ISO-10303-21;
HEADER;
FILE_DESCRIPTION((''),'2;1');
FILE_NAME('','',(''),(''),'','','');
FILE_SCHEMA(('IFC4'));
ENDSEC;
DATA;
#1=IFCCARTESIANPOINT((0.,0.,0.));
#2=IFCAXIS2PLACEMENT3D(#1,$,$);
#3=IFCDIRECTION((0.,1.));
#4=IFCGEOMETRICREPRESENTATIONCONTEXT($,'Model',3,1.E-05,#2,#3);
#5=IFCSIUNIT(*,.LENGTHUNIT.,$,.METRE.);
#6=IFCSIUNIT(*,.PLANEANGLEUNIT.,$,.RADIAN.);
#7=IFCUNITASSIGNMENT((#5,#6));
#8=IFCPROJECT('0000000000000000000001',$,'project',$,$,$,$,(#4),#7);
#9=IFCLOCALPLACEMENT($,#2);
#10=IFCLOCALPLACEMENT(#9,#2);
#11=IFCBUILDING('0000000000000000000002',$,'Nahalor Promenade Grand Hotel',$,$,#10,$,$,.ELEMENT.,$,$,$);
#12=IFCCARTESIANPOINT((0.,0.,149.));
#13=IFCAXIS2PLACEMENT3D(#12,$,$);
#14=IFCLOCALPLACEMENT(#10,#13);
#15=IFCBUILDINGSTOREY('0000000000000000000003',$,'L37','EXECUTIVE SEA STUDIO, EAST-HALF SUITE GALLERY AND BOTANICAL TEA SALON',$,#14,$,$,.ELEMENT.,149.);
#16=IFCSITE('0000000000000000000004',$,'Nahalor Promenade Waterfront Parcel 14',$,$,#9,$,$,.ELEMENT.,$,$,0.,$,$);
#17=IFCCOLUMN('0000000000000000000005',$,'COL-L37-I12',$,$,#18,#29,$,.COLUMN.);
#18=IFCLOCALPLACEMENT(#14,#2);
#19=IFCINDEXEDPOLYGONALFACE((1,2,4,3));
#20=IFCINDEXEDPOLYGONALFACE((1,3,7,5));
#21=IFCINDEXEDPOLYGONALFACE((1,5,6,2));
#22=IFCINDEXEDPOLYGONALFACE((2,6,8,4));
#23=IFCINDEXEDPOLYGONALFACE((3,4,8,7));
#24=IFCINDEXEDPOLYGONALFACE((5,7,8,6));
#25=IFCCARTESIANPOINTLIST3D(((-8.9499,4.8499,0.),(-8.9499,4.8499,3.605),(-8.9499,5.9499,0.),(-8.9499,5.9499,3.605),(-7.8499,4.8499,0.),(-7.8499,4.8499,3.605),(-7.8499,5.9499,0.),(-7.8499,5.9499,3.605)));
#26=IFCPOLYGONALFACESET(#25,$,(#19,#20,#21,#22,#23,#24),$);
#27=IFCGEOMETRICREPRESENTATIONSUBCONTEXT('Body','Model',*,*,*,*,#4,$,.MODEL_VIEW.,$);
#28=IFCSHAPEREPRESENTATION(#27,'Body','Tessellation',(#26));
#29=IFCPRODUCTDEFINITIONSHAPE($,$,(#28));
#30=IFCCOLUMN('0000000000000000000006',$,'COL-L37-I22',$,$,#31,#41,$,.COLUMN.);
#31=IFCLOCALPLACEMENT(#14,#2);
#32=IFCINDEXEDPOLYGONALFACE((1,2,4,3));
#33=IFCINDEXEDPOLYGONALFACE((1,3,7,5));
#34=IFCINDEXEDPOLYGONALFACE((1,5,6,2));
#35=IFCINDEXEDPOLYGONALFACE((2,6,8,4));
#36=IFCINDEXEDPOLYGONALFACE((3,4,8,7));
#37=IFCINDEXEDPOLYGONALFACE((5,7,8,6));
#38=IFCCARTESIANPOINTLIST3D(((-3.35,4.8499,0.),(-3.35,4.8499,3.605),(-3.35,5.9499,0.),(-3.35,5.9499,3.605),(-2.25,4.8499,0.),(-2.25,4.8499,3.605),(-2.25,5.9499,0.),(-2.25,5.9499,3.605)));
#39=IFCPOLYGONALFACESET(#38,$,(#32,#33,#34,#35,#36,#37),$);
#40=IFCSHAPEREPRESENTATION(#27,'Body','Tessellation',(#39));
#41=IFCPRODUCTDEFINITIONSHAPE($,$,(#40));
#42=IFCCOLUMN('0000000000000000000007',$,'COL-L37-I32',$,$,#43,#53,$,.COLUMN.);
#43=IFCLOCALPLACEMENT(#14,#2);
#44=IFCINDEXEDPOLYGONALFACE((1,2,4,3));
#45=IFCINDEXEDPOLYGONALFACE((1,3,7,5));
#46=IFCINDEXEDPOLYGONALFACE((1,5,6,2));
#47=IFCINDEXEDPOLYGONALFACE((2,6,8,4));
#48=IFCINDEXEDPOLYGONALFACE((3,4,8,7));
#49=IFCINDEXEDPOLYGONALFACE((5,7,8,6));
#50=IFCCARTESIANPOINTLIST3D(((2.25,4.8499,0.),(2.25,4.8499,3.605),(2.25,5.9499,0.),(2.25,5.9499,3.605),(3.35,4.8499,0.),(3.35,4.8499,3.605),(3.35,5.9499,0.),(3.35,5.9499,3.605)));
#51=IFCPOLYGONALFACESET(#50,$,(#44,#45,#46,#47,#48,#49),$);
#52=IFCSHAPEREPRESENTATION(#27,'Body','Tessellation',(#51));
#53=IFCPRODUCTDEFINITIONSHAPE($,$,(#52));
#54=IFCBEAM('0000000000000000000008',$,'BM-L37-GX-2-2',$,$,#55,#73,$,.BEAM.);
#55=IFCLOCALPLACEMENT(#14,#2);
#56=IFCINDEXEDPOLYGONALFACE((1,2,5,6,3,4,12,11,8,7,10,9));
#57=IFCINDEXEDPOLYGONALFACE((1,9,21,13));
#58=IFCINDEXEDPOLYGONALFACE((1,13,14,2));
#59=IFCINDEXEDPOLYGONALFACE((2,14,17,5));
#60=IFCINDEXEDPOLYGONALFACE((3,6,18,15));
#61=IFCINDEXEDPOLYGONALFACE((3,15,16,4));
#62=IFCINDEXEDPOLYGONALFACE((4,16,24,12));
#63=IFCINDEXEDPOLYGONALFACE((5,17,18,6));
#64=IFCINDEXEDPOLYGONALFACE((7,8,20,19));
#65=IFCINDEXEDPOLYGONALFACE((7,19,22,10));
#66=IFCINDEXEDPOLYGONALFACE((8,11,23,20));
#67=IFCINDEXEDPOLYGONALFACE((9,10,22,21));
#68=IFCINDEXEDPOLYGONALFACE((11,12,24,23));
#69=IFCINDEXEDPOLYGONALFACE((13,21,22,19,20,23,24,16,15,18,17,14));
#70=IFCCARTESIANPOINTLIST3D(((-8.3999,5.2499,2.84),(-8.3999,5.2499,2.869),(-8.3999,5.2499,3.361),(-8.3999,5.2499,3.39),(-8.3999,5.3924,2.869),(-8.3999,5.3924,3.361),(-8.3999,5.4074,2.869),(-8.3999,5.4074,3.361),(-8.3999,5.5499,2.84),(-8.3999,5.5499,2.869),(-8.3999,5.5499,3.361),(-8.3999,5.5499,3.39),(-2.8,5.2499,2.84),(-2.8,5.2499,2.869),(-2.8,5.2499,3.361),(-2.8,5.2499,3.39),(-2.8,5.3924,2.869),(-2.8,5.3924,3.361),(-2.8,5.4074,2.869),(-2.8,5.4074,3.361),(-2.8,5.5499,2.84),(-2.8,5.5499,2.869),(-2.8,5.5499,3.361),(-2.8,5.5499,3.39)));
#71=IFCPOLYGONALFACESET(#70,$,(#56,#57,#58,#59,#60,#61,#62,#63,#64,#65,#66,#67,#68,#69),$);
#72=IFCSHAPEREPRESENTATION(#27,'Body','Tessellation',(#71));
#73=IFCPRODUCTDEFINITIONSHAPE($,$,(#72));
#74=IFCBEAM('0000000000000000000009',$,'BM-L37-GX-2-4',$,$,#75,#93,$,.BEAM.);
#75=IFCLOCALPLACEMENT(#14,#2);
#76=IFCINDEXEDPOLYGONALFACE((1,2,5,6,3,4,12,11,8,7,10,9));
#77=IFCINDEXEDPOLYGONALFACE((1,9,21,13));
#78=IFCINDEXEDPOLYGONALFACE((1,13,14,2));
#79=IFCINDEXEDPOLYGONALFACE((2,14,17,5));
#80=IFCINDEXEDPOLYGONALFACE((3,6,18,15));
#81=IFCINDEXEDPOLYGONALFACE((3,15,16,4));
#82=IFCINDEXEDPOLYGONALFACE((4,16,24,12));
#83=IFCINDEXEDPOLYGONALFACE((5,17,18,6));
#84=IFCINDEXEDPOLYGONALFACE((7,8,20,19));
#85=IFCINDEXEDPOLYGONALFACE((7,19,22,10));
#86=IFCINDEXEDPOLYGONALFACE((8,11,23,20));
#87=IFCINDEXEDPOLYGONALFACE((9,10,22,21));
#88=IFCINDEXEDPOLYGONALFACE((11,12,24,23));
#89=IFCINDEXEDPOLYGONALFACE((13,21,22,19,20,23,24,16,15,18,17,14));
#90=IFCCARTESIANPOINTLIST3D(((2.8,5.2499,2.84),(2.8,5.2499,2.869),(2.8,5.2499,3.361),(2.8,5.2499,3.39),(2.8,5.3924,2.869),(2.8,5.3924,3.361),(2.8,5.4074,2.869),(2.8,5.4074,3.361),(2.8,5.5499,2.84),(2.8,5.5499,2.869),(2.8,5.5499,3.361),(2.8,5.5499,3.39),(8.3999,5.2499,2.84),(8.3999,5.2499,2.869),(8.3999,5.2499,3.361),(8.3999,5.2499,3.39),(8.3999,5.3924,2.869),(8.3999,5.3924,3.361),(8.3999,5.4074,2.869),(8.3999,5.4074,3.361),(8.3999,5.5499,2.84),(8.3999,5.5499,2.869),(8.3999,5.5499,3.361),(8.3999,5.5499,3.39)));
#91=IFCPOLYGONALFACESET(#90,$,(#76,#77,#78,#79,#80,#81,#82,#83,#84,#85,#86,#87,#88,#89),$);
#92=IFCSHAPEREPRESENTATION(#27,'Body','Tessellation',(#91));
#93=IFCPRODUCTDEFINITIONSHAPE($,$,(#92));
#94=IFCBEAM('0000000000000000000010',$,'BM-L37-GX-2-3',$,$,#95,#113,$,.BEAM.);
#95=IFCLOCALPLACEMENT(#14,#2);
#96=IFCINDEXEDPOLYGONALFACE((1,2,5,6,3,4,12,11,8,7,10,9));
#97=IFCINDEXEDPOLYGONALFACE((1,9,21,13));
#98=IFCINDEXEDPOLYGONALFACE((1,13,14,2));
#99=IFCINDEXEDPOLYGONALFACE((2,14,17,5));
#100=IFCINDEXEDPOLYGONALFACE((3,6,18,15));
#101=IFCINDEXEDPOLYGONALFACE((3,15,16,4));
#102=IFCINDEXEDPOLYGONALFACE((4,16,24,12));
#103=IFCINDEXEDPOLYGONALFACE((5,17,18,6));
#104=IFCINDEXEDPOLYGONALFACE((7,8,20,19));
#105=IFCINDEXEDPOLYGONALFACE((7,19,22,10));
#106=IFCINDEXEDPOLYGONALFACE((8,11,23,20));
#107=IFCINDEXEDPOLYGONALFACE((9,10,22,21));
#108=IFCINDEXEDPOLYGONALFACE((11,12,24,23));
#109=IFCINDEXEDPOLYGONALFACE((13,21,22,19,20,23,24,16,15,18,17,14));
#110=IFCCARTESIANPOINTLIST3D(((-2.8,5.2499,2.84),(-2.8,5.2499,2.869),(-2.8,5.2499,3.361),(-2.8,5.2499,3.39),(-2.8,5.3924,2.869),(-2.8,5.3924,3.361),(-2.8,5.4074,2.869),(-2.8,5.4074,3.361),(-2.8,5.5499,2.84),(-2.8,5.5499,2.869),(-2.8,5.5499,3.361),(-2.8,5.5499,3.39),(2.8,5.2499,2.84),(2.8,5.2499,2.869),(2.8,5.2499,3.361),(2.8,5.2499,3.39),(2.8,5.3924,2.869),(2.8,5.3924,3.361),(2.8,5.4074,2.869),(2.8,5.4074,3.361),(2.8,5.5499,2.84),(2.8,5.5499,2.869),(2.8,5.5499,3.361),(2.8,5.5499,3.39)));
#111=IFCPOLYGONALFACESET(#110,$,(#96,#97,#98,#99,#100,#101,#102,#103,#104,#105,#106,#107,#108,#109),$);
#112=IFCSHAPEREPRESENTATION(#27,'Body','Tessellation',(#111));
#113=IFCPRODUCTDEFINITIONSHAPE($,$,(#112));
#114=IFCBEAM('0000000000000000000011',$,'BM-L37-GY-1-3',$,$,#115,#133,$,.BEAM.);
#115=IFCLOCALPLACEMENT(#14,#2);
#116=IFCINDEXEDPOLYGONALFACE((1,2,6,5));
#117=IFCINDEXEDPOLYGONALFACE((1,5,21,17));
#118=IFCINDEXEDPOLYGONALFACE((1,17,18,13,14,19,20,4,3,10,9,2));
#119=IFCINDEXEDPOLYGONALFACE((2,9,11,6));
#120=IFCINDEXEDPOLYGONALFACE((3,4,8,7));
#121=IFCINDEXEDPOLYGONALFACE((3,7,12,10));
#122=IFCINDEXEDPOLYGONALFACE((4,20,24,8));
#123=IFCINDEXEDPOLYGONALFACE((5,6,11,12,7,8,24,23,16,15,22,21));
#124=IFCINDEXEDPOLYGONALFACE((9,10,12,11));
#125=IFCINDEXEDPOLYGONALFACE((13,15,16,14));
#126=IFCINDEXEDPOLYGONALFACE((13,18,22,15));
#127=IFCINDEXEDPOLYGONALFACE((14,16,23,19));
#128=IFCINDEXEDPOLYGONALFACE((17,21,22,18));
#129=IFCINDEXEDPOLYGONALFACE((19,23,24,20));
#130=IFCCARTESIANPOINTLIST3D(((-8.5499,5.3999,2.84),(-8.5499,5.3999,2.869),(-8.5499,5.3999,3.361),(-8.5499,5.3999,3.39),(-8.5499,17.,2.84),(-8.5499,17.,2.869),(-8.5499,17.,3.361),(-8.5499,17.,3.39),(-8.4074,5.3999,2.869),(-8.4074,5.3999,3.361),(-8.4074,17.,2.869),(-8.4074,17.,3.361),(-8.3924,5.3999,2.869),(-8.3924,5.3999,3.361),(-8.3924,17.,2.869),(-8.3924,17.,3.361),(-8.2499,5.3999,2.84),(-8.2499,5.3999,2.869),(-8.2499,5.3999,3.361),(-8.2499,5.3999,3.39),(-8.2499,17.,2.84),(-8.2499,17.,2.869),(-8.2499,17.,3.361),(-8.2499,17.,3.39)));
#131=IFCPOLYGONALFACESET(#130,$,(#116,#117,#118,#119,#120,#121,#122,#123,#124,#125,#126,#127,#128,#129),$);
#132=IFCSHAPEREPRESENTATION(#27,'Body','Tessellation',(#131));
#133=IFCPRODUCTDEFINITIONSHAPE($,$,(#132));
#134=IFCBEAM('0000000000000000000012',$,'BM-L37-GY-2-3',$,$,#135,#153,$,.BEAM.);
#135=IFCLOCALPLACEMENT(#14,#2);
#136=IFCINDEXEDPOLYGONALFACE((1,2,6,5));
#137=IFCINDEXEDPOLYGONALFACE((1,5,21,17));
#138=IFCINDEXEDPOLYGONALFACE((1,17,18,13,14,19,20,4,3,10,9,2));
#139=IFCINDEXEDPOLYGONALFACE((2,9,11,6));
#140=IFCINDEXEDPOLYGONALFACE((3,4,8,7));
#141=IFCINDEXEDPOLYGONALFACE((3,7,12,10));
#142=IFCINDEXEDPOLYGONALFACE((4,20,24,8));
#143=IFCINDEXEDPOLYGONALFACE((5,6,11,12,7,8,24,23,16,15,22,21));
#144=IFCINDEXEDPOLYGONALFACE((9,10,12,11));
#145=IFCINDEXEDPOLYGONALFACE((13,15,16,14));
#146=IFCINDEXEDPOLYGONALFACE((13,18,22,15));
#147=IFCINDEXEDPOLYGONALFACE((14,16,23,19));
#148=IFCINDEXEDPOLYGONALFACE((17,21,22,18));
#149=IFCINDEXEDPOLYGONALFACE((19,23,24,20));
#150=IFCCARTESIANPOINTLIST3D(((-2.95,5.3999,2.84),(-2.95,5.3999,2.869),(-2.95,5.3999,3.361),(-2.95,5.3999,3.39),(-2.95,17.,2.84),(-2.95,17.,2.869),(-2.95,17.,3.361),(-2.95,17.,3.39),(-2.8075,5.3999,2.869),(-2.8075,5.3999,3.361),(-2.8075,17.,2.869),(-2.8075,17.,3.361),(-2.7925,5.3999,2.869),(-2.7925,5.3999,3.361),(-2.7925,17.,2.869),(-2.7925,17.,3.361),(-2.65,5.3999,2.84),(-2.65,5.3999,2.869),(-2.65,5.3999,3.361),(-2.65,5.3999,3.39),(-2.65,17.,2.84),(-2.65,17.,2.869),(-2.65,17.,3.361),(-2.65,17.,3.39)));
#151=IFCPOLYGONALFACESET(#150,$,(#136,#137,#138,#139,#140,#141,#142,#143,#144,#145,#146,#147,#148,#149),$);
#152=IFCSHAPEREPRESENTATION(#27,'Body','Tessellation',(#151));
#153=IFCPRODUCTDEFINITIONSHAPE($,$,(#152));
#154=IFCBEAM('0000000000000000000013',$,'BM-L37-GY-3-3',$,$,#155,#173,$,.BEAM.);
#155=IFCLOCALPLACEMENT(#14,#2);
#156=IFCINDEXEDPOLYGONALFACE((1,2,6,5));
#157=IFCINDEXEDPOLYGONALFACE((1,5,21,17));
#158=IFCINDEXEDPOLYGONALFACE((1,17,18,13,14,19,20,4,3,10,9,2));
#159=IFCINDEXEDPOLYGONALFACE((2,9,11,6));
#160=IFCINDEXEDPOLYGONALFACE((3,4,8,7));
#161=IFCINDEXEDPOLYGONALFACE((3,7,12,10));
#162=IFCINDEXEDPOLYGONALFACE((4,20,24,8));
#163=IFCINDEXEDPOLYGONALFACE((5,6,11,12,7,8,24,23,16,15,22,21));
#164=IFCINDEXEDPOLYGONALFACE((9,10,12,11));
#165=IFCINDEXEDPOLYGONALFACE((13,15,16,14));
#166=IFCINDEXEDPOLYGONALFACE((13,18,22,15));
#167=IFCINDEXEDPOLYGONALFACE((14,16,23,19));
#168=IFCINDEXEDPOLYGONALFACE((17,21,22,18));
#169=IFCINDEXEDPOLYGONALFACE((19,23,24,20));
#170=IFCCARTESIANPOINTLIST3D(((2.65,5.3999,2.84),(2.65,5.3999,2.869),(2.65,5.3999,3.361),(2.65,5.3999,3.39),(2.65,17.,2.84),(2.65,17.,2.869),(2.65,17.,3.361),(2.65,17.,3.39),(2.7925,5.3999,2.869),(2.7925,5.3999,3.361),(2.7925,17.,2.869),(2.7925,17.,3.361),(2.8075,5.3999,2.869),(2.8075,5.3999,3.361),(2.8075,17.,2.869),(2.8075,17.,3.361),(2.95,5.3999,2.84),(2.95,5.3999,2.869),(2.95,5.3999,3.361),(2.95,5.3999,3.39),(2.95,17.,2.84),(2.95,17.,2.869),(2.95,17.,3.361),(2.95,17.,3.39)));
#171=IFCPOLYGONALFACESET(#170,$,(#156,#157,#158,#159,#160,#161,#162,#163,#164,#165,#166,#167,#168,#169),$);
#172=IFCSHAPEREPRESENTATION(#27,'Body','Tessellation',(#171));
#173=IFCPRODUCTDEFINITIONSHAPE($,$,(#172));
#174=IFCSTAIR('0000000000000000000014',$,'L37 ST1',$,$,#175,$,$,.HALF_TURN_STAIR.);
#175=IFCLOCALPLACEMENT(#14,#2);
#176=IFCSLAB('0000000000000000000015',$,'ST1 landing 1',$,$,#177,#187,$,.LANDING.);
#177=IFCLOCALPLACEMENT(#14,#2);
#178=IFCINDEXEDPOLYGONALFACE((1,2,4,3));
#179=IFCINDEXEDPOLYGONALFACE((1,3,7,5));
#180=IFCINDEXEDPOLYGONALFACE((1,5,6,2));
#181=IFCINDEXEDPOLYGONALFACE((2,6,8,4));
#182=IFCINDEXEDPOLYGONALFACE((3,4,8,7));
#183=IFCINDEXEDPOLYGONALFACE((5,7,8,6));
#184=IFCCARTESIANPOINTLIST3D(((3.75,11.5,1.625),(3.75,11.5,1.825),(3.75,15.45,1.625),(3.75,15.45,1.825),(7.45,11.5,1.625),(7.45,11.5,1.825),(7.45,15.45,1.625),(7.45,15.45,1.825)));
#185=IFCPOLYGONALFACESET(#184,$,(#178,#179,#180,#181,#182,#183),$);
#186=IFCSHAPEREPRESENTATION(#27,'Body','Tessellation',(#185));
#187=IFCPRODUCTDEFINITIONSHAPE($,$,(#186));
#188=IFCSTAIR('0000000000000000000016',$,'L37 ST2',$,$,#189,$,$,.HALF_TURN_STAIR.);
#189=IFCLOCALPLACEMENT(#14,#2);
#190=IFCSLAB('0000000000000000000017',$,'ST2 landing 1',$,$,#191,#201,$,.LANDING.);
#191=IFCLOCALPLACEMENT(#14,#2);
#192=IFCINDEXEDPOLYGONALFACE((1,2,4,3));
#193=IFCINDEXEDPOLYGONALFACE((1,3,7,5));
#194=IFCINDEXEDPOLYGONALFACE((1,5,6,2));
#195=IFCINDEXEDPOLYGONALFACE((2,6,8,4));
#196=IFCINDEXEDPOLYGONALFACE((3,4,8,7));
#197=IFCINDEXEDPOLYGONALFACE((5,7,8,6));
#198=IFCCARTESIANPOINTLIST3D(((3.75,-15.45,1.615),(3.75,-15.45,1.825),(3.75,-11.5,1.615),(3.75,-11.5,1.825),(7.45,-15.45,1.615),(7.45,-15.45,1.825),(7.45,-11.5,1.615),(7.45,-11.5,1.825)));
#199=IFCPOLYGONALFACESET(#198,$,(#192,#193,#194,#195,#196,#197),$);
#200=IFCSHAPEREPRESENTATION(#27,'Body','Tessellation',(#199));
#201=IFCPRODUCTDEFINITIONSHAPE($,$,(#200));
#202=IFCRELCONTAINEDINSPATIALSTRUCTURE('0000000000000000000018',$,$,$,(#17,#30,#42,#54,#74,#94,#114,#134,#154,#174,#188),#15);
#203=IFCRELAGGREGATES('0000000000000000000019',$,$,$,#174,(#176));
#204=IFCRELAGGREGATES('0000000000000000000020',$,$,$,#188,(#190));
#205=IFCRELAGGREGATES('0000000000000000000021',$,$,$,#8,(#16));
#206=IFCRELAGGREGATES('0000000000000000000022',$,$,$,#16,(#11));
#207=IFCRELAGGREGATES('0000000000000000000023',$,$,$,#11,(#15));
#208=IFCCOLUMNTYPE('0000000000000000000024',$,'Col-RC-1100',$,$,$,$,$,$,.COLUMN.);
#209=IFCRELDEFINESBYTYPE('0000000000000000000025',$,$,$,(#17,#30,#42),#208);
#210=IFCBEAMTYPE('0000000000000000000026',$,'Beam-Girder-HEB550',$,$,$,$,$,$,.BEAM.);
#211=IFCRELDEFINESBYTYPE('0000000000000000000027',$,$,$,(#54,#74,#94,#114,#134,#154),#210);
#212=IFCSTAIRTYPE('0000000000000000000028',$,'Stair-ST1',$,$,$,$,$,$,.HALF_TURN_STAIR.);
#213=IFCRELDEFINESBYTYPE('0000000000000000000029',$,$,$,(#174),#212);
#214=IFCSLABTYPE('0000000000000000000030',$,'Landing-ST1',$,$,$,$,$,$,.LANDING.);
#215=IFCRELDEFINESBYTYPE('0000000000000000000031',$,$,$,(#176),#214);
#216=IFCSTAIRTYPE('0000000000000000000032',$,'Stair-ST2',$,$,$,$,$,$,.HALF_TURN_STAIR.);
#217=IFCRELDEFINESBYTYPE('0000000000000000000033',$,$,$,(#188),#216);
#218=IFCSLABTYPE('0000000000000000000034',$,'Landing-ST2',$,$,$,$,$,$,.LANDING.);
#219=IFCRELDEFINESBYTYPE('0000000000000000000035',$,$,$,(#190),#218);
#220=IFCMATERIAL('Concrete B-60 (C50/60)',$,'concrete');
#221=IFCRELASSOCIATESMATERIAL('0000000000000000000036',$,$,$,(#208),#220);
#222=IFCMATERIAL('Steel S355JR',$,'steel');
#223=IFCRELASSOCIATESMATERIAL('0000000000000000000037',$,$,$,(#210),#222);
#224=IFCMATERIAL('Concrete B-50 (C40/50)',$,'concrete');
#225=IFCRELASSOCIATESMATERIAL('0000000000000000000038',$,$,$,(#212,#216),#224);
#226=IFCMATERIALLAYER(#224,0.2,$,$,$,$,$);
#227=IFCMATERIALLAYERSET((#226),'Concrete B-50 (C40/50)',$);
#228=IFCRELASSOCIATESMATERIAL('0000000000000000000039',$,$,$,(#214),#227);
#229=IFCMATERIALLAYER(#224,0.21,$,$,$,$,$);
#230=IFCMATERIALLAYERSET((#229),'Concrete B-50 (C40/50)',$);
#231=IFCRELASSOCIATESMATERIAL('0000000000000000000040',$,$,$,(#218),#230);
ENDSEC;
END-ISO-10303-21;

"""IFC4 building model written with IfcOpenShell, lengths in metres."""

from ifc_helpers import new_model, si_unit, direction, frame, origin, origin_2d, place, context, subcontext, project, spatial, polyline, rectangle, i_section, outline, extrude, source, transform, mapped, material, layer, layer_set, material_profile, profile_set, type_object, element, aggregate, save


model = new_model("IFC4")

# Units and contexts
model_context = context("Model", 3, precision=1e-05, world=origin(), true_north=direction((0.0, 1.0)))
body_context = subcontext(model_context, "Body", "Model", "MODEL_VIEW")
ifc_project = project(units=[si_unit("LENGTHUNIT", "METRE"), si_unit("PLANEANGLEUNIT", "RADIAN")], contexts=[model_context])

# Site, building, storey
site_placement = place(None, origin())
site = spatial("IfcSite", under=ifc_project, at=site_placement, Name="Nahalor Promenade Waterfront Parcel 14", CompositionType="ELEMENT", RefElevation=0.0)
building_placement = place(site_placement, origin())
building = spatial("IfcBuilding", under=site, at=building_placement, Name="Nahalor Promenade Grand Hotel", CompositionType="ELEMENT")
storey_placement = place(building_placement, frame((0.0, 0.0, 149.0)))
storey = spatial("IfcBuildingStorey", under=building, at=storey_placement, Name="L37", Description="EXECUTIVE SEA STUDIO, EAST-HALF SUITE GALLERY AND BOTANICAL TEA SALON", CompositionType="ELEMENT", Elevation=149.0)

# Columns
ifc_material_1 = material(Name="Concrete B-60 (C50/60)", Category="concrete")
ifc_material_profile_1 = material_profile(ifc_material_1, rectangle(XDim=1.1, YDim=1.1, at=origin_2d()), Name="RC 1100x1100")
ifc_profile_set_1 = profile_set([ifc_material_profile_1], Name="Concrete B-60 (C50/60)")
column_type = type_object("IfcColumnType", Name="Col-RC-1100", PredefinedType="COLUMN", material=ifc_profile_set_1)
shared_shape_1 = source(origin(), body_context, "Body", "SweptSolid", [
    extrude(rectangle(XDim=1.1, YDim=1.1, at=origin_2d()), origin(), (0.0, 0.0, 1.0), 3.605),
])
for number, where, z_axis, x_axis, name in (
    (1, (-8.3999, 5.3999, 0.0), (0.0, 0.0, 1.0), (1.0, 0.0, 0.0), "COL-L37-I12"),
    (2, (-2.8, 5.3999, 0.0), (0.0, 0.0, 1.0), (1.0, 0.0, 0.0), "COL-L37-I22"),
    (3, (2.8, 5.3999, 0.0), (0.0, 0.0, 1.0), (1.0, 0.0, 0.0), "COL-L37-I32"),
):
    element("IfcColumn", number, at=place(storey_placement, frame(where, z_axis=z_axis, x_axis=x_axis)), inside=storey, type_object=column_type, Name=name, PredefinedType="COLUMN", context=body_context, shape_type="MappedRepresentation", body=[
        mapped(shared_shape_1, transform((0.0, 0.0, 0.0), scale=1.0)),
    ])

# Beams
ifc_material_2 = material(Name="Steel S355JR", Category="steel")
ifc_material_profile_2 = material_profile(ifc_material_2, i_section(OverallWidth=0.3, OverallDepth=0.55, WebThickness=0.015, FlangeThickness=0.029, at=origin_2d()), Name="HEB 550")
ifc_profile_set_2 = profile_set([ifc_material_profile_2], Name="Steel S355JR")
beam_type = type_object("IfcBeamType", Name="Beam-Girder-HEB550", PredefinedType="BEAM", material=ifc_profile_set_2)
shared_shape_2 = source(origin(), body_context, "Body", "SweptSolid", [
    extrude(i_section(OverallWidth=0.3, OverallDepth=0.55, WebThickness=0.015, FlangeThickness=0.029, at=origin_2d()), origin(), (0.0, 0.0, 1.0), 5.5999),
])
for number, where, z_axis, x_axis, name in (
    (4, (-8.3999, 5.3999, 3.115), (1.0, 0.0, 0.0), (0.0, 1.0, 0.0), "BM-L37-GX-2-2"),
    (5, (2.8, 5.3999, 3.115), (1.0, 0.0, 0.0), (0.0, 1.0, 0.0), "BM-L37-GX-2-4"),
):
    element("IfcBeam", number, at=place(storey_placement, frame(where, z_axis=z_axis, x_axis=x_axis)), inside=storey, type_object=beam_type, Name=name, PredefinedType="BEAM", context=body_context, shape_type="MappedRepresentation", body=[
        mapped(shared_shape_2, transform((0.0, 0.0, 0.0), scale=1.0)),
    ])
shared_shape_3 = source(origin(), body_context, "Body", "SweptSolid", [
    extrude(i_section(OverallWidth=0.3, OverallDepth=0.55, WebThickness=0.015, FlangeThickness=0.029, at=origin_2d()), origin(), (0.0, 0.0, 1.0), 5.6001),
])
beam_placement = place(storey_placement, frame((-2.8, 5.3999, 3.115), z_axis=(1.0, 0.0, 0.0), x_axis=(0.0, 1.0, 0.0)))
element("IfcBeam", 6, at=beam_placement, inside=storey, type_object=beam_type, Name="BM-L37-GX-2-3", PredefinedType="BEAM", context=body_context, shape_type="MappedRepresentation", body=[
    mapped(shared_shape_3, transform((0.0, 0.0, 0.0), scale=1.0)),
])
shared_shape_4 = source(origin(), body_context, "Body", "SweptSolid", [
    extrude(i_section(OverallWidth=0.3, OverallDepth=0.55, WebThickness=0.015, FlangeThickness=0.029, at=origin_2d()), origin(), (0.0, 0.0, 1.0), 11.6001),
])
for number, where, z_axis, x_axis, name in (
    (7, (-8.3999, 5.3999, 3.115), (0.0, 1.0, 0.0), (-1.0, 0.0, 0.0), "BM-L37-GY-1-3"),
    (8, (-2.8, 5.3999, 3.115), (0.0, 1.0, 0.0), (-1.0, 0.0, 0.0), "BM-L37-GY-2-3"),
    (9, (2.8, 5.3999, 3.115), (0.0, 1.0, 0.0), (-1.0, 0.0, 0.0), "BM-L37-GY-3-3"),
):
    element("IfcBeam", number, at=place(storey_placement, frame(where, z_axis=z_axis, x_axis=x_axis)), inside=storey, type_object=beam_type, Name=name, PredefinedType="BEAM", context=body_context, shape_type="MappedRepresentation", body=[
        mapped(shared_shape_4, transform((0.0, 0.0, 0.0), scale=1.0)),
    ])

# Stairs, slabs
ifc_material_3 = material(Name="Concrete B-50 (C40/50)", Category="concrete")
stair_type_1 = type_object("IfcStairType", Name="Stair-ST1", PredefinedType="HALF_TURN_STAIR", material=ifc_material_3)
stair_1_placement = place(storey_placement, origin())
stair_1 = element("IfcStair", 10, at=stair_1_placement, inside=storey, type_object=stair_type_1, Name="L37 ST1", PredefinedType="HALF_TURN_STAIR")
ifc_layer_1 = layer(ifc_material_3, 0.2)
ifc_layer_set_1 = layer_set([ifc_layer_1], Name="Concrete B-50 (C40/50)")
slab_type_1 = type_object("IfcSlabType", Name="Landing-ST1", PredefinedType="LANDING", material=ifc_layer_set_1)
slab_1_placement = place(storey_placement, frame((0.0, 0.0, 1.625)))
slab_1 = element("IfcSlab", 11, at=slab_1_placement, type_object=slab_type_1, Name="ST1 landing 1", PredefinedType="LANDING", context=body_context, shape_type="SweptSolid", body=[
    extrude(outline(polyline([(7.45, 11.5), (7.45, 15.45), (3.75, 15.45), (3.75, 11.5), (7.45, 11.5)])), origin(), (0.0, 0.0, 1.0), 0.2),
])
aggregate(stair_1, [slab_1])
stair_type_2 = type_object("IfcStairType", Name="Stair-ST2", PredefinedType="HALF_TURN_STAIR", material=ifc_material_3)
stair_2_placement = place(storey_placement, origin())
stair_2 = element("IfcStair", 12, at=stair_2_placement, inside=storey, type_object=stair_type_2, Name="L37 ST2", PredefinedType="HALF_TURN_STAIR")
ifc_layer_2 = layer(ifc_material_3, 0.21)
ifc_layer_set_2 = layer_set([ifc_layer_2], Name="Concrete B-50 (C40/50)")
slab_type_2 = type_object("IfcSlabType", Name="Landing-ST2", PredefinedType="LANDING", material=ifc_layer_set_2)
slab_2_placement = place(storey_placement, frame((0.0, 0.0, 1.615)))
slab_2 = element("IfcSlab", 13, at=slab_2_placement, type_object=slab_type_2, Name="ST2 landing 1", PredefinedType="LANDING", context=body_context, shape_type="SweptSolid", body=[
    extrude(outline(polyline([(3.75, -11.5), (3.75, -15.45), (7.45, -15.45), (7.45, -11.5), (3.75, -11.5)])), origin(), (0.0, 0.0, 1.0), 0.21),
])
aggregate(stair_2, [slab_2])

save(model, "model.ifc")
